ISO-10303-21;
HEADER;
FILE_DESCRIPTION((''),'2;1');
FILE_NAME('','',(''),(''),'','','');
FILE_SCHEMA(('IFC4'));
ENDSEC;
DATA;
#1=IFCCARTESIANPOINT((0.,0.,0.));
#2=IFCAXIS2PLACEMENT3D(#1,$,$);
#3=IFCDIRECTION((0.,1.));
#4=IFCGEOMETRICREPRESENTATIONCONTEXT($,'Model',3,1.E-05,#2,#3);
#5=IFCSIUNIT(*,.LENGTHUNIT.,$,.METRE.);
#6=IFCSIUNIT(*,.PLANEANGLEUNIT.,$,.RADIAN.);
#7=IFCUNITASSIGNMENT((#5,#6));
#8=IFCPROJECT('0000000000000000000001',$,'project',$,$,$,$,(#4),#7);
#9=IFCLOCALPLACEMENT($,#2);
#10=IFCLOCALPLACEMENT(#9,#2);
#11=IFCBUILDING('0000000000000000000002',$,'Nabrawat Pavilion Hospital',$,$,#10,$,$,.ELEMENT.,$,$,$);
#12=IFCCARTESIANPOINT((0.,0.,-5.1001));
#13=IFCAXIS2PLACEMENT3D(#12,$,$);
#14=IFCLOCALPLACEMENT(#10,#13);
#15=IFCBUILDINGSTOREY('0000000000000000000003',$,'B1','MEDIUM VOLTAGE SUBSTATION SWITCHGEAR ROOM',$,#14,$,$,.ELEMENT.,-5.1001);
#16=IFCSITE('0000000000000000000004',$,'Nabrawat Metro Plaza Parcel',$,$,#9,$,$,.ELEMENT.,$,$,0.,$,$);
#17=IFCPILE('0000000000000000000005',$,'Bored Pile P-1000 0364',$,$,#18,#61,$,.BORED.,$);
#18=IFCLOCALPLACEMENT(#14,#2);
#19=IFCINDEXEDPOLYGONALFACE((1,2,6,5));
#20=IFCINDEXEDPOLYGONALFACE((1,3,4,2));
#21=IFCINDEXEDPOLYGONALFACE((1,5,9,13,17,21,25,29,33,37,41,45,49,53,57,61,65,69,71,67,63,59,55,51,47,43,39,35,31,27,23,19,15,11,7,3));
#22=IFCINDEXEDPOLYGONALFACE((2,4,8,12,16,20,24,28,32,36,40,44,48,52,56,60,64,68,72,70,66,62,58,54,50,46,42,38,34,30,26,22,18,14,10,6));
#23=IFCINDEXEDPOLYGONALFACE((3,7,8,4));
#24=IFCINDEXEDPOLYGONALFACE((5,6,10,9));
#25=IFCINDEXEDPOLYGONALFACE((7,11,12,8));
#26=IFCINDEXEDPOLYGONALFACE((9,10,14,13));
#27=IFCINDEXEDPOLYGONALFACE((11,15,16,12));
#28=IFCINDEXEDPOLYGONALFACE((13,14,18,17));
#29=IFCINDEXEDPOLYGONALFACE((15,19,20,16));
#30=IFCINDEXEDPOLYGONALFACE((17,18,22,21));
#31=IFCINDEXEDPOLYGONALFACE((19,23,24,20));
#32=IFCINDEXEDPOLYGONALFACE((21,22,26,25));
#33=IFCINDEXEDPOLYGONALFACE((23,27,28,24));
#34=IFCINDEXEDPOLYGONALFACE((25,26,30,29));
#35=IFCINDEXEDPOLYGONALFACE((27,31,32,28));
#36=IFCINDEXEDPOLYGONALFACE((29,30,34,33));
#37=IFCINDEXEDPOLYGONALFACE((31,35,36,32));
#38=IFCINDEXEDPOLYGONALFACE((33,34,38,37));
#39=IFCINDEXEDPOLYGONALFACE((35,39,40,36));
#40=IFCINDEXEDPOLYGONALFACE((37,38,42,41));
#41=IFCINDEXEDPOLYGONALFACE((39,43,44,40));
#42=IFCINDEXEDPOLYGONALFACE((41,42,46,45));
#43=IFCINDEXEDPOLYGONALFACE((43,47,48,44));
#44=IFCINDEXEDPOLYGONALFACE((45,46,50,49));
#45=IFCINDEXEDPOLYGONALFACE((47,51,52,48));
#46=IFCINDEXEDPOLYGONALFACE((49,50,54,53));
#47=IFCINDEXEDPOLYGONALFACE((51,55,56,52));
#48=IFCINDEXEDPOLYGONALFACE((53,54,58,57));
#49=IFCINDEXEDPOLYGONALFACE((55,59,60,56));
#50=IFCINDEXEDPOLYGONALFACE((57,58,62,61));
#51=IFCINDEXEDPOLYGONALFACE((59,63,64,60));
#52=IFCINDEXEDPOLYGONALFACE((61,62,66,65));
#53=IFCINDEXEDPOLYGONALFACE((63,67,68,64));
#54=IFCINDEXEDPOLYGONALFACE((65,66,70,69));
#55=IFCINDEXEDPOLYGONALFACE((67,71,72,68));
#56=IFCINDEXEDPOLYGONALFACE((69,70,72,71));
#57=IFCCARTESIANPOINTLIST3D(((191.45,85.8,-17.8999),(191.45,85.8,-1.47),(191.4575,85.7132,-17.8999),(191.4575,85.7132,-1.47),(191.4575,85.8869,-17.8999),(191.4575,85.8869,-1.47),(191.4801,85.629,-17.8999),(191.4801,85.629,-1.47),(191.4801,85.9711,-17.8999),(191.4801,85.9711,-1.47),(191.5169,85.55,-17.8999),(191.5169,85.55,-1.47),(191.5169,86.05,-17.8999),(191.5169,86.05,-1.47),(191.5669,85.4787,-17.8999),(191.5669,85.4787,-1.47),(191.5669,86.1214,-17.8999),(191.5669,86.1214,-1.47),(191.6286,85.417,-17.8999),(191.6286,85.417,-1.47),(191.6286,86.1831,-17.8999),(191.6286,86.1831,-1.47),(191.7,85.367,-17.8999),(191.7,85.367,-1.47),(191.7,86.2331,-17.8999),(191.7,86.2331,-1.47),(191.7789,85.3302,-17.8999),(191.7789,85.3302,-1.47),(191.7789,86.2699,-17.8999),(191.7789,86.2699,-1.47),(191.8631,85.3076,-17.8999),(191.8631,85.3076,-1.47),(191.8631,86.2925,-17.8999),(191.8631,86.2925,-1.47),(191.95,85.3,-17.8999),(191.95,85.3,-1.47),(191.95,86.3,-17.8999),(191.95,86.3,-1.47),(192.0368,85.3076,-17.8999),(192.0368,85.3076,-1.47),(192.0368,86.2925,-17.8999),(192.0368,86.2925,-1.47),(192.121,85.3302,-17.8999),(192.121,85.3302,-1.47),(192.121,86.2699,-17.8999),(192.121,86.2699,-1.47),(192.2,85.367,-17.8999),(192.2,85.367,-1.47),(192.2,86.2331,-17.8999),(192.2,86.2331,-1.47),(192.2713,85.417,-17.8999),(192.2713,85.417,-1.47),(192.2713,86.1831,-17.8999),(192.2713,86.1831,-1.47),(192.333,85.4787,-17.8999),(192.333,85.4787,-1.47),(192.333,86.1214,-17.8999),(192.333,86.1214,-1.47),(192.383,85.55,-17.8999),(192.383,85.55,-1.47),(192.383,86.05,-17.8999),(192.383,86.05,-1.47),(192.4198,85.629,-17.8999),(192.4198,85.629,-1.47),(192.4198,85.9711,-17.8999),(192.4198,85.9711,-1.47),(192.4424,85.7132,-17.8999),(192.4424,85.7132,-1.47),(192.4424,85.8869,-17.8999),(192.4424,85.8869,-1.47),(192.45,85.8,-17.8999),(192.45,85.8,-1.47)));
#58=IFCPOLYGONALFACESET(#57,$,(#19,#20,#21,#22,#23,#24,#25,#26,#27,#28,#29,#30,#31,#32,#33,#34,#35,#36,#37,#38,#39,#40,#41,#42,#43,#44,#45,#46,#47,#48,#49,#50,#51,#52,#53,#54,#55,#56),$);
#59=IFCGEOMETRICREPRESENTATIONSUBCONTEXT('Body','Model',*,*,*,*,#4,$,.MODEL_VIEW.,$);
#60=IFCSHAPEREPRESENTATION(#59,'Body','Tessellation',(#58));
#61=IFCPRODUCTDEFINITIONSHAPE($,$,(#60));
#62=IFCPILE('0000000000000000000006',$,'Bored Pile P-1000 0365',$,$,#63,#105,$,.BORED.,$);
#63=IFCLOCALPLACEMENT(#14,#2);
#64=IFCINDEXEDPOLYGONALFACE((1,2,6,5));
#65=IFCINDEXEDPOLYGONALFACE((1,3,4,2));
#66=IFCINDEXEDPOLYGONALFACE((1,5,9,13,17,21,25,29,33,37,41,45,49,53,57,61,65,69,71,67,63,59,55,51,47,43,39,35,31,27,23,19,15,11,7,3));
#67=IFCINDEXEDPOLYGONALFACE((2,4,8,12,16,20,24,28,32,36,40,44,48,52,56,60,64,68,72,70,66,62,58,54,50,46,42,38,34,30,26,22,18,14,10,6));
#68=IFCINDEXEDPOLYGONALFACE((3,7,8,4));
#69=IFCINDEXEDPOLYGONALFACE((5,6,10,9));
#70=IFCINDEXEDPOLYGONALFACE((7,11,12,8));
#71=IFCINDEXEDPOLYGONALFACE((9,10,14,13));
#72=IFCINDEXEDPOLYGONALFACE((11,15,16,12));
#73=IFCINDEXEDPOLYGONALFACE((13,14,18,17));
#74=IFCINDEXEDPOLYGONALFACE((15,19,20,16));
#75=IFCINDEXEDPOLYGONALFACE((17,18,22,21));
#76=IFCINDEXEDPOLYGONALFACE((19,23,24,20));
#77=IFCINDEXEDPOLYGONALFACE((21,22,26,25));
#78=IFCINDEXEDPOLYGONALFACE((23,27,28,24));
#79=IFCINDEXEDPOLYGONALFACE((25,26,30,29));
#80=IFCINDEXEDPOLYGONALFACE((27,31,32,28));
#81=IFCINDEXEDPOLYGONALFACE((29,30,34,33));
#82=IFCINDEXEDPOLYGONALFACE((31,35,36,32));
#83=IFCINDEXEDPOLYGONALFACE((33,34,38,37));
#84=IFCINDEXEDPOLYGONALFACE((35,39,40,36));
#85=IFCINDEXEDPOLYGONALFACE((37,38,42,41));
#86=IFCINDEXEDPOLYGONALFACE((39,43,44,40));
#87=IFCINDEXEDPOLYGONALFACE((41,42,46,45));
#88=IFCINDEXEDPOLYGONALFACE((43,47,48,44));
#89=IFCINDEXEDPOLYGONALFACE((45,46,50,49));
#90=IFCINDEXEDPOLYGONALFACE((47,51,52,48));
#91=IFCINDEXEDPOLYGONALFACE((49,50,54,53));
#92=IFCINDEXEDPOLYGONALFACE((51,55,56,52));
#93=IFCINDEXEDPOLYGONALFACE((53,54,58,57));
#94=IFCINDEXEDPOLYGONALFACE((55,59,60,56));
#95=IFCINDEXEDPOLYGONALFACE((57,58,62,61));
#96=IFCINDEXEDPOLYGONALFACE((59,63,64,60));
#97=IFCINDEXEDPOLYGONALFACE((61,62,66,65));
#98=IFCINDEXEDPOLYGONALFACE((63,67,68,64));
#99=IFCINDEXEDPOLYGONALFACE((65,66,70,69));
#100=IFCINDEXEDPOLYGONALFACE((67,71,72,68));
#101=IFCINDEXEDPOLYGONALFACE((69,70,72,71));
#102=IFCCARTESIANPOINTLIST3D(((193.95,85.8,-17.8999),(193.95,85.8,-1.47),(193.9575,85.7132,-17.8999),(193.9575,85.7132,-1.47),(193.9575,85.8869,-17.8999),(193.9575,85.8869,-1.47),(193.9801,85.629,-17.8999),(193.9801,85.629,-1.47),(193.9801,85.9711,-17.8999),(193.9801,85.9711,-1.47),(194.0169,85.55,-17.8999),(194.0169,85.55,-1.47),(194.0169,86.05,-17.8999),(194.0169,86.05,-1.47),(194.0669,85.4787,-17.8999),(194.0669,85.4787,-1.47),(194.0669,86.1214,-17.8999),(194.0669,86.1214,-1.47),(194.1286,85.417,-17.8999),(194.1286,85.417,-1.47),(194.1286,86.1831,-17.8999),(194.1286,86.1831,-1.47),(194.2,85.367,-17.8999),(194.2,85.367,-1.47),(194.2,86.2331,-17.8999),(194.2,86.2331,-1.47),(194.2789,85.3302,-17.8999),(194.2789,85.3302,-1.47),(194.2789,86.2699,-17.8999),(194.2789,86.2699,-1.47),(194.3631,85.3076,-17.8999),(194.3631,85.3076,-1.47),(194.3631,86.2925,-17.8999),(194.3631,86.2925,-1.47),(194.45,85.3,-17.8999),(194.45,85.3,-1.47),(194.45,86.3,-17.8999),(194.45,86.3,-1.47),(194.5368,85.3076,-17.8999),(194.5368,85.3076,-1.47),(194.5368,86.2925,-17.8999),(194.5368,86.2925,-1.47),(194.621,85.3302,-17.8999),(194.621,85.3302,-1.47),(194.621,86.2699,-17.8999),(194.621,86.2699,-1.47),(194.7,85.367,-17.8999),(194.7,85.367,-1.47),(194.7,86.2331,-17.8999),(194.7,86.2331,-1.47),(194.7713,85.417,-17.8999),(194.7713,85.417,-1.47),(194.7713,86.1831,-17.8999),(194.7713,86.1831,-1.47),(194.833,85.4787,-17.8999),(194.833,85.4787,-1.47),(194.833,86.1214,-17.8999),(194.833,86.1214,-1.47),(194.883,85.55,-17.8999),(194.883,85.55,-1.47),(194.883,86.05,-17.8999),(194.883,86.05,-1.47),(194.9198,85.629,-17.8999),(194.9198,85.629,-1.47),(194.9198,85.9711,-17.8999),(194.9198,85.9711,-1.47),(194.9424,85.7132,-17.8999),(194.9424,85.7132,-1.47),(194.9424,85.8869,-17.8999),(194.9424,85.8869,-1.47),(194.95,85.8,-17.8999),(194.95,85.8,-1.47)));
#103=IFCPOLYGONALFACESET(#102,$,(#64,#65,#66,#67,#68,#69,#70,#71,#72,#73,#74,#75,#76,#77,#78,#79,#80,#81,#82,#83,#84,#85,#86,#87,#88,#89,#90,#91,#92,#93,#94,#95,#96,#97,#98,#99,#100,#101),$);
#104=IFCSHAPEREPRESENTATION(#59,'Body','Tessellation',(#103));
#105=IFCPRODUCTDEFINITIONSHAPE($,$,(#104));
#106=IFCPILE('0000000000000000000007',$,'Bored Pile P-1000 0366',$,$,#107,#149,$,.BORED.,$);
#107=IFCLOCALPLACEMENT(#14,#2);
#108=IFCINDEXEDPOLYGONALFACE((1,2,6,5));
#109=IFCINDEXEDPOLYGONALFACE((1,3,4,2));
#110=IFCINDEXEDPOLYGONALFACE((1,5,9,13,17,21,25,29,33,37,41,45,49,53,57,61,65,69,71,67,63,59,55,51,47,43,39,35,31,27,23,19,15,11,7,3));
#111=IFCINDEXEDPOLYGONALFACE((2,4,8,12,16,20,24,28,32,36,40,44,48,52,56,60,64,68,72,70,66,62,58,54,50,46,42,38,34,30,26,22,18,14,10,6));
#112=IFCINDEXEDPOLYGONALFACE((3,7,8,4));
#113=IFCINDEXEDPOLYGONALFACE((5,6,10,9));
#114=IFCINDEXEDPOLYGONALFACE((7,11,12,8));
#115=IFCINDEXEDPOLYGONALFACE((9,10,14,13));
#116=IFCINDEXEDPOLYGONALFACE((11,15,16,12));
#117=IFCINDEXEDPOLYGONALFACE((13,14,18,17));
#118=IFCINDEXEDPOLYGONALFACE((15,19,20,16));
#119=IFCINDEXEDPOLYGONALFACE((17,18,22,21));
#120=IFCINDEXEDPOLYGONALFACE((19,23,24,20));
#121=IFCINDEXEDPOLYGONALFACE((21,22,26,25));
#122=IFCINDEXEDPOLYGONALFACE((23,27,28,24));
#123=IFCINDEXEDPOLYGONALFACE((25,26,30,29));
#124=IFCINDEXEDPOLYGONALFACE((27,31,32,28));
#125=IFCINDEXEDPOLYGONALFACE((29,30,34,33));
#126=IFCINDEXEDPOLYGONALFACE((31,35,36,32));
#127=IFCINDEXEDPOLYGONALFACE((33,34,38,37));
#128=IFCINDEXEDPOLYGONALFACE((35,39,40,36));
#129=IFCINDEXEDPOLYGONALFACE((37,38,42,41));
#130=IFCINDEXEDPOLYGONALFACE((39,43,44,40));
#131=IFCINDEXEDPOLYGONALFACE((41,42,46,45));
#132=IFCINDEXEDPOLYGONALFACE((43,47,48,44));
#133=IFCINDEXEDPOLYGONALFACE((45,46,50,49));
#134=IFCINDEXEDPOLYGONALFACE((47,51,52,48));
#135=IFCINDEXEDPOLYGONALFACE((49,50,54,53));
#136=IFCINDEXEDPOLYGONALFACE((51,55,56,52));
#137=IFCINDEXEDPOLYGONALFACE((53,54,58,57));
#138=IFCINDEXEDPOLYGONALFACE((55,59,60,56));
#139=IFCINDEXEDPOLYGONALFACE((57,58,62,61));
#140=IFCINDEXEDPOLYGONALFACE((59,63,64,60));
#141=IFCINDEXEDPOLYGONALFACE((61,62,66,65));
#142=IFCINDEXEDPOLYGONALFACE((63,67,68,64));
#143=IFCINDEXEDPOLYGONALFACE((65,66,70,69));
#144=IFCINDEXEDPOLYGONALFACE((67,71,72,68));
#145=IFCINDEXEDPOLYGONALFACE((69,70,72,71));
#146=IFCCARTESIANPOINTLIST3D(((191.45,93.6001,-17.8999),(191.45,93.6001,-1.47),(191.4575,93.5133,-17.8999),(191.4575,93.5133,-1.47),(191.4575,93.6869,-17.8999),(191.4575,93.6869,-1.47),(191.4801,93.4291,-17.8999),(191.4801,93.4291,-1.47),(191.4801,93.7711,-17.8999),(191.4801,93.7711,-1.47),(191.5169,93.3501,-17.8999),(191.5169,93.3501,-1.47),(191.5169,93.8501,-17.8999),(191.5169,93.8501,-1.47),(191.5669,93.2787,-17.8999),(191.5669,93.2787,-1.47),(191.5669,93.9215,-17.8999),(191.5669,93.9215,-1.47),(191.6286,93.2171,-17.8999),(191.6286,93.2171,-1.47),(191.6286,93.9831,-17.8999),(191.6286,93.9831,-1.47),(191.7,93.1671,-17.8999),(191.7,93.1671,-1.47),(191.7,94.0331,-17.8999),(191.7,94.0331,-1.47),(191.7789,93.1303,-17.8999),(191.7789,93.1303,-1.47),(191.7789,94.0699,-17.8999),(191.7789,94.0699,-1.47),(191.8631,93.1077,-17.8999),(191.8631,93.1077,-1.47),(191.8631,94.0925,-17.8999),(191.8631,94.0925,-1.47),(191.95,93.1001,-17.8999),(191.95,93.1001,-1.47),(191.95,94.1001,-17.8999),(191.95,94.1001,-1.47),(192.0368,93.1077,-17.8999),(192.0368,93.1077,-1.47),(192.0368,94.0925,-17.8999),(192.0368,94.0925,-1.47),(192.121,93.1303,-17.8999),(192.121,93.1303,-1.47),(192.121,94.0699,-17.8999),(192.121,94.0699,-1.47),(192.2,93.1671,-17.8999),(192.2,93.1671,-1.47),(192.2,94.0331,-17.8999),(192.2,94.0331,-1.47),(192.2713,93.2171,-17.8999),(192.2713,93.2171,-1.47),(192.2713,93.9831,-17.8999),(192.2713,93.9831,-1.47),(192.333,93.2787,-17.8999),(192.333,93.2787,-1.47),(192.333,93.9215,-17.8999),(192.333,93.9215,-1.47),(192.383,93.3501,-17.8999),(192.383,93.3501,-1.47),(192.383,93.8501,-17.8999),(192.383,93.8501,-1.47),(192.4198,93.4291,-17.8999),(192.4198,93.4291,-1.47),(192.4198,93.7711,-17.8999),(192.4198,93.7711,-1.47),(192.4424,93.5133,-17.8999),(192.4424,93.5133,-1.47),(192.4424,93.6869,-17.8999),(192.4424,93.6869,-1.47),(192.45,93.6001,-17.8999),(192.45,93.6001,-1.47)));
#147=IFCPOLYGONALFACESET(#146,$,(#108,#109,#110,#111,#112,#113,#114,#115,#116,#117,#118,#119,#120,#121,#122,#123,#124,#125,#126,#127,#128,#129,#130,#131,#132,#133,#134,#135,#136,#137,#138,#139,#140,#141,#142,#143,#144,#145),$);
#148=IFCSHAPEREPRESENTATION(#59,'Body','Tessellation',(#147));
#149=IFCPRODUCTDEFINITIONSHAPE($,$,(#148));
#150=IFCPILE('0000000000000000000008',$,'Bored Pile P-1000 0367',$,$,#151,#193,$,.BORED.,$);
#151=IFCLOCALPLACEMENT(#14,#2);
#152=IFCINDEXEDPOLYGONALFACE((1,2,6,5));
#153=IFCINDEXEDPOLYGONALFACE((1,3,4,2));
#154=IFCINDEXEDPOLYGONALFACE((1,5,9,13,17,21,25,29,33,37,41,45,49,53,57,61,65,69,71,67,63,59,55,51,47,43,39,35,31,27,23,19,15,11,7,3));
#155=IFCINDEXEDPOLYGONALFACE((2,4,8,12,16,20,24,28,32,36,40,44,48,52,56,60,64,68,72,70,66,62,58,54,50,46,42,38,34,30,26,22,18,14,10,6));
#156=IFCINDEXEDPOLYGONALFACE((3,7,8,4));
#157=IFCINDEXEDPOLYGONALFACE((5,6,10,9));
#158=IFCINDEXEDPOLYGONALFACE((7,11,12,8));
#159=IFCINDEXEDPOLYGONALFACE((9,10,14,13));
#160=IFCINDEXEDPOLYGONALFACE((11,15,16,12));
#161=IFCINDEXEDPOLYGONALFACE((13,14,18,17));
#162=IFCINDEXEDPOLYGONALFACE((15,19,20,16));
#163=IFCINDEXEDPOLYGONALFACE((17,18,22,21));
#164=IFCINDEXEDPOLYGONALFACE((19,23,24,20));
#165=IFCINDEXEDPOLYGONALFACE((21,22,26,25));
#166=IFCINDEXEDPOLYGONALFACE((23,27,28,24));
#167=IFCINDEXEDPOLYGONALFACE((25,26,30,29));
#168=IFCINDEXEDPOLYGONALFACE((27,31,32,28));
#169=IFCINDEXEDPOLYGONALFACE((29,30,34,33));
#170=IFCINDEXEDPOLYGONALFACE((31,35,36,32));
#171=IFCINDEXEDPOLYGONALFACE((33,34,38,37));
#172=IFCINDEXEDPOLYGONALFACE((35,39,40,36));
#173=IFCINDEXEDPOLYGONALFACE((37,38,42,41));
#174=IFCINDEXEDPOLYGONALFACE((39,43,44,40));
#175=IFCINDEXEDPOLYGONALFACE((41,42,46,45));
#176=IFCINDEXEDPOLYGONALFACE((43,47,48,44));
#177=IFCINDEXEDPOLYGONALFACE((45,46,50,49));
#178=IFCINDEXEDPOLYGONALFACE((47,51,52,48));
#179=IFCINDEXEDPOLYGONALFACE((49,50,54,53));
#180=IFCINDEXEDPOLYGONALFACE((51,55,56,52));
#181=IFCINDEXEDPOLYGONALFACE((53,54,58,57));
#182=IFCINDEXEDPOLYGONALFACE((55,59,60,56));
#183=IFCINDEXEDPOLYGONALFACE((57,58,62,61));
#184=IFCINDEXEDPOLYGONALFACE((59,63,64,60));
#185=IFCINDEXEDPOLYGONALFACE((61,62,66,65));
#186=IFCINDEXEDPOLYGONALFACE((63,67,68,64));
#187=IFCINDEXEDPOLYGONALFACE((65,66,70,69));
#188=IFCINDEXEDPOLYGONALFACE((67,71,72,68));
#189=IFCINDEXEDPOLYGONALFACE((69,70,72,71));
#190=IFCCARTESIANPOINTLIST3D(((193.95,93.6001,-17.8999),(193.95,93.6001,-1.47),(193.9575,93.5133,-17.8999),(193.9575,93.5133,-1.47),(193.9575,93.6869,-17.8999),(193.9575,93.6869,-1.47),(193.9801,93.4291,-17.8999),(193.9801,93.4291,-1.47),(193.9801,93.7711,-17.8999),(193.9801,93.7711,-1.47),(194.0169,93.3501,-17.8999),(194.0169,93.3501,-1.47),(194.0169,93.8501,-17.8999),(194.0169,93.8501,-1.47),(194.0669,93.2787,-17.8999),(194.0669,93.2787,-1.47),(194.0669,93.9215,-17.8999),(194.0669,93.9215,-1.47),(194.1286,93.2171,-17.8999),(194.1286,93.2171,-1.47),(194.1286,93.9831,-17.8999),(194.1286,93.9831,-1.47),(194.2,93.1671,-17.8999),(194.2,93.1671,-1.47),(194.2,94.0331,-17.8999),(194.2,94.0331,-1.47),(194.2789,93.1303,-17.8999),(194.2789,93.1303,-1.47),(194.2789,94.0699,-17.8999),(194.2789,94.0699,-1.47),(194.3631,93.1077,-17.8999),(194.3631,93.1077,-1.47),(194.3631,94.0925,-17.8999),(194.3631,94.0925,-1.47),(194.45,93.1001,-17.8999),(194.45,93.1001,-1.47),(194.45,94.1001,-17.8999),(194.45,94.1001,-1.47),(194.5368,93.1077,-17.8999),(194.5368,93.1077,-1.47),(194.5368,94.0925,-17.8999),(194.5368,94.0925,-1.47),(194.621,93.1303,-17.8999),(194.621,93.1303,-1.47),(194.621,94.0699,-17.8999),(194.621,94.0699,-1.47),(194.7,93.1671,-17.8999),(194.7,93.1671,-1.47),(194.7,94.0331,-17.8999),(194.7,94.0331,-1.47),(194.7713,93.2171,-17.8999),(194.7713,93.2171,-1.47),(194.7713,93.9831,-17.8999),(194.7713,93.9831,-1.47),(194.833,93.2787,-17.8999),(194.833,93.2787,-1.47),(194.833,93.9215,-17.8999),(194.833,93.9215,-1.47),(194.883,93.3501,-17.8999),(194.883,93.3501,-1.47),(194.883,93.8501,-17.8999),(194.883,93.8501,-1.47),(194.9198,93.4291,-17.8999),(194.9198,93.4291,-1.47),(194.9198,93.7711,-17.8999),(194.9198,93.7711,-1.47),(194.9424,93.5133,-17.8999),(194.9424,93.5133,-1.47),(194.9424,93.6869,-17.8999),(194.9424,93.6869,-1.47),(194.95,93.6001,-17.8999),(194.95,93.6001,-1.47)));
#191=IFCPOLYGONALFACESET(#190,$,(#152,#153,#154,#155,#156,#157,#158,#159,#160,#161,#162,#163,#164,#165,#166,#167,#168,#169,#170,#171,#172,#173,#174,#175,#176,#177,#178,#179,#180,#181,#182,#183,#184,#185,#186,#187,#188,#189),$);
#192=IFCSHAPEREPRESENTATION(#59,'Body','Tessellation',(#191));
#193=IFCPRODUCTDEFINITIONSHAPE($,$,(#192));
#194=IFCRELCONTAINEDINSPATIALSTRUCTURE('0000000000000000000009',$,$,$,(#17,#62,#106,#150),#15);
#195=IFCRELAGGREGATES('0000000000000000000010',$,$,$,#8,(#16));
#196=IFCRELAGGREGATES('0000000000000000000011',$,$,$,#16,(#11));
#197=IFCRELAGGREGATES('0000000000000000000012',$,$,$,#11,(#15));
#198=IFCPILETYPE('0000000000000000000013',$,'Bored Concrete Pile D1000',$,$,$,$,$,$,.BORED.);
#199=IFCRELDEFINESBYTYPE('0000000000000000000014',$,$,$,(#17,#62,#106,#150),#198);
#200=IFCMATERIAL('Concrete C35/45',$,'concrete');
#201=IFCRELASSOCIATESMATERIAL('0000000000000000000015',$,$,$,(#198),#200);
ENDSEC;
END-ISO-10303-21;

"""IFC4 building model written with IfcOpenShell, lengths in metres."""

from ifc_helpers import new_model, si_unit, direction, frame, origin, origin_2d, place, context, subcontext, project, spatial, circle, extrude, material, material_profile, profile_set, type_object, element, save


model = new_model("IFC4")

# Units and contexts
model_context = context("Model", 3, precision=1e-05, world=origin(), true_north=direction((0.0, 1.0)))
body_context = subcontext(model_context, "Body", "Model", "MODEL_VIEW")
ifc_project = project(units=[si_unit("LENGTHUNIT", "METRE"), si_unit("PLANEANGLEUNIT", "RADIAN")], contexts=[model_context])

# Site, building, storey
site_placement = place(None, origin())
site = spatial("IfcSite", under=ifc_project, at=site_placement, Name="Nabrawat Metro Plaza Parcel", CompositionType="ELEMENT", RefElevation=0.0)
building_placement = place(site_placement, origin())
building = spatial("IfcBuilding", under=site, at=building_placement, Name="Nabrawat Pavilion Hospital", CompositionType="ELEMENT")
storey_placement = place(building_placement, frame((0.0, 0.0, -5.1001)))
storey = spatial("IfcBuildingStorey", under=building, at=storey_placement, Name="B1", Description="MEDIUM VOLTAGE SUBSTATION SWITCHGEAR ROOM", CompositionType="ELEMENT", Elevation=-5.1001)

# Piles
ifc_material_1 = material(Name="Concrete C35/45", Category="concrete")
ifc_material_profile_1 = material_profile(ifc_material_1, circle(Radius=0.5, at=origin_2d()), Name="DIA 1000")
ifc_profile_set_1 = profile_set([ifc_material_profile_1], Name="Concrete C35/45")
pile_type = type_object("IfcPileType", Name="Bored Concrete Pile D1000", PredefinedType="BORED", material=ifc_profile_set_1)
for number, where, z_axis, x_axis, name in (
    (1, (191.95, 85.8, -1.47), (0.0, 0.0, -1.0), (1.0, 0.0, 0.0), "Bored Pile P-1000 0364"),
    (2, (194.45, 85.8, -1.47), (0.0, 0.0, -1.0), (1.0, 0.0, 0.0), "Bored Pile P-1000 0365"),
    (3, (191.95, 93.6001, -1.47), (0.0, 0.0, -1.0), (1.0, 0.0, 0.0), "Bored Pile P-1000 0366"),
    (4, (194.45, 93.6001, -1.47), (0.0, 0.0, -1.0), (1.0, 0.0, 0.0), "Bored Pile P-1000 0367"),
):
    element("IfcPile", number, at=place(storey_placement, frame(where, z_axis=z_axis, x_axis=x_axis)), inside=storey, type_object=pile_type, Name=name, PredefinedType="BORED", context=body_context, shape_type="SweptSolid", body=[
        extrude(circle(Radius=0.5, at=origin_2d()), origin(), (0.0, 0.0, 1.0), 16.4299),
    ])

save(model, "model.ifc")
